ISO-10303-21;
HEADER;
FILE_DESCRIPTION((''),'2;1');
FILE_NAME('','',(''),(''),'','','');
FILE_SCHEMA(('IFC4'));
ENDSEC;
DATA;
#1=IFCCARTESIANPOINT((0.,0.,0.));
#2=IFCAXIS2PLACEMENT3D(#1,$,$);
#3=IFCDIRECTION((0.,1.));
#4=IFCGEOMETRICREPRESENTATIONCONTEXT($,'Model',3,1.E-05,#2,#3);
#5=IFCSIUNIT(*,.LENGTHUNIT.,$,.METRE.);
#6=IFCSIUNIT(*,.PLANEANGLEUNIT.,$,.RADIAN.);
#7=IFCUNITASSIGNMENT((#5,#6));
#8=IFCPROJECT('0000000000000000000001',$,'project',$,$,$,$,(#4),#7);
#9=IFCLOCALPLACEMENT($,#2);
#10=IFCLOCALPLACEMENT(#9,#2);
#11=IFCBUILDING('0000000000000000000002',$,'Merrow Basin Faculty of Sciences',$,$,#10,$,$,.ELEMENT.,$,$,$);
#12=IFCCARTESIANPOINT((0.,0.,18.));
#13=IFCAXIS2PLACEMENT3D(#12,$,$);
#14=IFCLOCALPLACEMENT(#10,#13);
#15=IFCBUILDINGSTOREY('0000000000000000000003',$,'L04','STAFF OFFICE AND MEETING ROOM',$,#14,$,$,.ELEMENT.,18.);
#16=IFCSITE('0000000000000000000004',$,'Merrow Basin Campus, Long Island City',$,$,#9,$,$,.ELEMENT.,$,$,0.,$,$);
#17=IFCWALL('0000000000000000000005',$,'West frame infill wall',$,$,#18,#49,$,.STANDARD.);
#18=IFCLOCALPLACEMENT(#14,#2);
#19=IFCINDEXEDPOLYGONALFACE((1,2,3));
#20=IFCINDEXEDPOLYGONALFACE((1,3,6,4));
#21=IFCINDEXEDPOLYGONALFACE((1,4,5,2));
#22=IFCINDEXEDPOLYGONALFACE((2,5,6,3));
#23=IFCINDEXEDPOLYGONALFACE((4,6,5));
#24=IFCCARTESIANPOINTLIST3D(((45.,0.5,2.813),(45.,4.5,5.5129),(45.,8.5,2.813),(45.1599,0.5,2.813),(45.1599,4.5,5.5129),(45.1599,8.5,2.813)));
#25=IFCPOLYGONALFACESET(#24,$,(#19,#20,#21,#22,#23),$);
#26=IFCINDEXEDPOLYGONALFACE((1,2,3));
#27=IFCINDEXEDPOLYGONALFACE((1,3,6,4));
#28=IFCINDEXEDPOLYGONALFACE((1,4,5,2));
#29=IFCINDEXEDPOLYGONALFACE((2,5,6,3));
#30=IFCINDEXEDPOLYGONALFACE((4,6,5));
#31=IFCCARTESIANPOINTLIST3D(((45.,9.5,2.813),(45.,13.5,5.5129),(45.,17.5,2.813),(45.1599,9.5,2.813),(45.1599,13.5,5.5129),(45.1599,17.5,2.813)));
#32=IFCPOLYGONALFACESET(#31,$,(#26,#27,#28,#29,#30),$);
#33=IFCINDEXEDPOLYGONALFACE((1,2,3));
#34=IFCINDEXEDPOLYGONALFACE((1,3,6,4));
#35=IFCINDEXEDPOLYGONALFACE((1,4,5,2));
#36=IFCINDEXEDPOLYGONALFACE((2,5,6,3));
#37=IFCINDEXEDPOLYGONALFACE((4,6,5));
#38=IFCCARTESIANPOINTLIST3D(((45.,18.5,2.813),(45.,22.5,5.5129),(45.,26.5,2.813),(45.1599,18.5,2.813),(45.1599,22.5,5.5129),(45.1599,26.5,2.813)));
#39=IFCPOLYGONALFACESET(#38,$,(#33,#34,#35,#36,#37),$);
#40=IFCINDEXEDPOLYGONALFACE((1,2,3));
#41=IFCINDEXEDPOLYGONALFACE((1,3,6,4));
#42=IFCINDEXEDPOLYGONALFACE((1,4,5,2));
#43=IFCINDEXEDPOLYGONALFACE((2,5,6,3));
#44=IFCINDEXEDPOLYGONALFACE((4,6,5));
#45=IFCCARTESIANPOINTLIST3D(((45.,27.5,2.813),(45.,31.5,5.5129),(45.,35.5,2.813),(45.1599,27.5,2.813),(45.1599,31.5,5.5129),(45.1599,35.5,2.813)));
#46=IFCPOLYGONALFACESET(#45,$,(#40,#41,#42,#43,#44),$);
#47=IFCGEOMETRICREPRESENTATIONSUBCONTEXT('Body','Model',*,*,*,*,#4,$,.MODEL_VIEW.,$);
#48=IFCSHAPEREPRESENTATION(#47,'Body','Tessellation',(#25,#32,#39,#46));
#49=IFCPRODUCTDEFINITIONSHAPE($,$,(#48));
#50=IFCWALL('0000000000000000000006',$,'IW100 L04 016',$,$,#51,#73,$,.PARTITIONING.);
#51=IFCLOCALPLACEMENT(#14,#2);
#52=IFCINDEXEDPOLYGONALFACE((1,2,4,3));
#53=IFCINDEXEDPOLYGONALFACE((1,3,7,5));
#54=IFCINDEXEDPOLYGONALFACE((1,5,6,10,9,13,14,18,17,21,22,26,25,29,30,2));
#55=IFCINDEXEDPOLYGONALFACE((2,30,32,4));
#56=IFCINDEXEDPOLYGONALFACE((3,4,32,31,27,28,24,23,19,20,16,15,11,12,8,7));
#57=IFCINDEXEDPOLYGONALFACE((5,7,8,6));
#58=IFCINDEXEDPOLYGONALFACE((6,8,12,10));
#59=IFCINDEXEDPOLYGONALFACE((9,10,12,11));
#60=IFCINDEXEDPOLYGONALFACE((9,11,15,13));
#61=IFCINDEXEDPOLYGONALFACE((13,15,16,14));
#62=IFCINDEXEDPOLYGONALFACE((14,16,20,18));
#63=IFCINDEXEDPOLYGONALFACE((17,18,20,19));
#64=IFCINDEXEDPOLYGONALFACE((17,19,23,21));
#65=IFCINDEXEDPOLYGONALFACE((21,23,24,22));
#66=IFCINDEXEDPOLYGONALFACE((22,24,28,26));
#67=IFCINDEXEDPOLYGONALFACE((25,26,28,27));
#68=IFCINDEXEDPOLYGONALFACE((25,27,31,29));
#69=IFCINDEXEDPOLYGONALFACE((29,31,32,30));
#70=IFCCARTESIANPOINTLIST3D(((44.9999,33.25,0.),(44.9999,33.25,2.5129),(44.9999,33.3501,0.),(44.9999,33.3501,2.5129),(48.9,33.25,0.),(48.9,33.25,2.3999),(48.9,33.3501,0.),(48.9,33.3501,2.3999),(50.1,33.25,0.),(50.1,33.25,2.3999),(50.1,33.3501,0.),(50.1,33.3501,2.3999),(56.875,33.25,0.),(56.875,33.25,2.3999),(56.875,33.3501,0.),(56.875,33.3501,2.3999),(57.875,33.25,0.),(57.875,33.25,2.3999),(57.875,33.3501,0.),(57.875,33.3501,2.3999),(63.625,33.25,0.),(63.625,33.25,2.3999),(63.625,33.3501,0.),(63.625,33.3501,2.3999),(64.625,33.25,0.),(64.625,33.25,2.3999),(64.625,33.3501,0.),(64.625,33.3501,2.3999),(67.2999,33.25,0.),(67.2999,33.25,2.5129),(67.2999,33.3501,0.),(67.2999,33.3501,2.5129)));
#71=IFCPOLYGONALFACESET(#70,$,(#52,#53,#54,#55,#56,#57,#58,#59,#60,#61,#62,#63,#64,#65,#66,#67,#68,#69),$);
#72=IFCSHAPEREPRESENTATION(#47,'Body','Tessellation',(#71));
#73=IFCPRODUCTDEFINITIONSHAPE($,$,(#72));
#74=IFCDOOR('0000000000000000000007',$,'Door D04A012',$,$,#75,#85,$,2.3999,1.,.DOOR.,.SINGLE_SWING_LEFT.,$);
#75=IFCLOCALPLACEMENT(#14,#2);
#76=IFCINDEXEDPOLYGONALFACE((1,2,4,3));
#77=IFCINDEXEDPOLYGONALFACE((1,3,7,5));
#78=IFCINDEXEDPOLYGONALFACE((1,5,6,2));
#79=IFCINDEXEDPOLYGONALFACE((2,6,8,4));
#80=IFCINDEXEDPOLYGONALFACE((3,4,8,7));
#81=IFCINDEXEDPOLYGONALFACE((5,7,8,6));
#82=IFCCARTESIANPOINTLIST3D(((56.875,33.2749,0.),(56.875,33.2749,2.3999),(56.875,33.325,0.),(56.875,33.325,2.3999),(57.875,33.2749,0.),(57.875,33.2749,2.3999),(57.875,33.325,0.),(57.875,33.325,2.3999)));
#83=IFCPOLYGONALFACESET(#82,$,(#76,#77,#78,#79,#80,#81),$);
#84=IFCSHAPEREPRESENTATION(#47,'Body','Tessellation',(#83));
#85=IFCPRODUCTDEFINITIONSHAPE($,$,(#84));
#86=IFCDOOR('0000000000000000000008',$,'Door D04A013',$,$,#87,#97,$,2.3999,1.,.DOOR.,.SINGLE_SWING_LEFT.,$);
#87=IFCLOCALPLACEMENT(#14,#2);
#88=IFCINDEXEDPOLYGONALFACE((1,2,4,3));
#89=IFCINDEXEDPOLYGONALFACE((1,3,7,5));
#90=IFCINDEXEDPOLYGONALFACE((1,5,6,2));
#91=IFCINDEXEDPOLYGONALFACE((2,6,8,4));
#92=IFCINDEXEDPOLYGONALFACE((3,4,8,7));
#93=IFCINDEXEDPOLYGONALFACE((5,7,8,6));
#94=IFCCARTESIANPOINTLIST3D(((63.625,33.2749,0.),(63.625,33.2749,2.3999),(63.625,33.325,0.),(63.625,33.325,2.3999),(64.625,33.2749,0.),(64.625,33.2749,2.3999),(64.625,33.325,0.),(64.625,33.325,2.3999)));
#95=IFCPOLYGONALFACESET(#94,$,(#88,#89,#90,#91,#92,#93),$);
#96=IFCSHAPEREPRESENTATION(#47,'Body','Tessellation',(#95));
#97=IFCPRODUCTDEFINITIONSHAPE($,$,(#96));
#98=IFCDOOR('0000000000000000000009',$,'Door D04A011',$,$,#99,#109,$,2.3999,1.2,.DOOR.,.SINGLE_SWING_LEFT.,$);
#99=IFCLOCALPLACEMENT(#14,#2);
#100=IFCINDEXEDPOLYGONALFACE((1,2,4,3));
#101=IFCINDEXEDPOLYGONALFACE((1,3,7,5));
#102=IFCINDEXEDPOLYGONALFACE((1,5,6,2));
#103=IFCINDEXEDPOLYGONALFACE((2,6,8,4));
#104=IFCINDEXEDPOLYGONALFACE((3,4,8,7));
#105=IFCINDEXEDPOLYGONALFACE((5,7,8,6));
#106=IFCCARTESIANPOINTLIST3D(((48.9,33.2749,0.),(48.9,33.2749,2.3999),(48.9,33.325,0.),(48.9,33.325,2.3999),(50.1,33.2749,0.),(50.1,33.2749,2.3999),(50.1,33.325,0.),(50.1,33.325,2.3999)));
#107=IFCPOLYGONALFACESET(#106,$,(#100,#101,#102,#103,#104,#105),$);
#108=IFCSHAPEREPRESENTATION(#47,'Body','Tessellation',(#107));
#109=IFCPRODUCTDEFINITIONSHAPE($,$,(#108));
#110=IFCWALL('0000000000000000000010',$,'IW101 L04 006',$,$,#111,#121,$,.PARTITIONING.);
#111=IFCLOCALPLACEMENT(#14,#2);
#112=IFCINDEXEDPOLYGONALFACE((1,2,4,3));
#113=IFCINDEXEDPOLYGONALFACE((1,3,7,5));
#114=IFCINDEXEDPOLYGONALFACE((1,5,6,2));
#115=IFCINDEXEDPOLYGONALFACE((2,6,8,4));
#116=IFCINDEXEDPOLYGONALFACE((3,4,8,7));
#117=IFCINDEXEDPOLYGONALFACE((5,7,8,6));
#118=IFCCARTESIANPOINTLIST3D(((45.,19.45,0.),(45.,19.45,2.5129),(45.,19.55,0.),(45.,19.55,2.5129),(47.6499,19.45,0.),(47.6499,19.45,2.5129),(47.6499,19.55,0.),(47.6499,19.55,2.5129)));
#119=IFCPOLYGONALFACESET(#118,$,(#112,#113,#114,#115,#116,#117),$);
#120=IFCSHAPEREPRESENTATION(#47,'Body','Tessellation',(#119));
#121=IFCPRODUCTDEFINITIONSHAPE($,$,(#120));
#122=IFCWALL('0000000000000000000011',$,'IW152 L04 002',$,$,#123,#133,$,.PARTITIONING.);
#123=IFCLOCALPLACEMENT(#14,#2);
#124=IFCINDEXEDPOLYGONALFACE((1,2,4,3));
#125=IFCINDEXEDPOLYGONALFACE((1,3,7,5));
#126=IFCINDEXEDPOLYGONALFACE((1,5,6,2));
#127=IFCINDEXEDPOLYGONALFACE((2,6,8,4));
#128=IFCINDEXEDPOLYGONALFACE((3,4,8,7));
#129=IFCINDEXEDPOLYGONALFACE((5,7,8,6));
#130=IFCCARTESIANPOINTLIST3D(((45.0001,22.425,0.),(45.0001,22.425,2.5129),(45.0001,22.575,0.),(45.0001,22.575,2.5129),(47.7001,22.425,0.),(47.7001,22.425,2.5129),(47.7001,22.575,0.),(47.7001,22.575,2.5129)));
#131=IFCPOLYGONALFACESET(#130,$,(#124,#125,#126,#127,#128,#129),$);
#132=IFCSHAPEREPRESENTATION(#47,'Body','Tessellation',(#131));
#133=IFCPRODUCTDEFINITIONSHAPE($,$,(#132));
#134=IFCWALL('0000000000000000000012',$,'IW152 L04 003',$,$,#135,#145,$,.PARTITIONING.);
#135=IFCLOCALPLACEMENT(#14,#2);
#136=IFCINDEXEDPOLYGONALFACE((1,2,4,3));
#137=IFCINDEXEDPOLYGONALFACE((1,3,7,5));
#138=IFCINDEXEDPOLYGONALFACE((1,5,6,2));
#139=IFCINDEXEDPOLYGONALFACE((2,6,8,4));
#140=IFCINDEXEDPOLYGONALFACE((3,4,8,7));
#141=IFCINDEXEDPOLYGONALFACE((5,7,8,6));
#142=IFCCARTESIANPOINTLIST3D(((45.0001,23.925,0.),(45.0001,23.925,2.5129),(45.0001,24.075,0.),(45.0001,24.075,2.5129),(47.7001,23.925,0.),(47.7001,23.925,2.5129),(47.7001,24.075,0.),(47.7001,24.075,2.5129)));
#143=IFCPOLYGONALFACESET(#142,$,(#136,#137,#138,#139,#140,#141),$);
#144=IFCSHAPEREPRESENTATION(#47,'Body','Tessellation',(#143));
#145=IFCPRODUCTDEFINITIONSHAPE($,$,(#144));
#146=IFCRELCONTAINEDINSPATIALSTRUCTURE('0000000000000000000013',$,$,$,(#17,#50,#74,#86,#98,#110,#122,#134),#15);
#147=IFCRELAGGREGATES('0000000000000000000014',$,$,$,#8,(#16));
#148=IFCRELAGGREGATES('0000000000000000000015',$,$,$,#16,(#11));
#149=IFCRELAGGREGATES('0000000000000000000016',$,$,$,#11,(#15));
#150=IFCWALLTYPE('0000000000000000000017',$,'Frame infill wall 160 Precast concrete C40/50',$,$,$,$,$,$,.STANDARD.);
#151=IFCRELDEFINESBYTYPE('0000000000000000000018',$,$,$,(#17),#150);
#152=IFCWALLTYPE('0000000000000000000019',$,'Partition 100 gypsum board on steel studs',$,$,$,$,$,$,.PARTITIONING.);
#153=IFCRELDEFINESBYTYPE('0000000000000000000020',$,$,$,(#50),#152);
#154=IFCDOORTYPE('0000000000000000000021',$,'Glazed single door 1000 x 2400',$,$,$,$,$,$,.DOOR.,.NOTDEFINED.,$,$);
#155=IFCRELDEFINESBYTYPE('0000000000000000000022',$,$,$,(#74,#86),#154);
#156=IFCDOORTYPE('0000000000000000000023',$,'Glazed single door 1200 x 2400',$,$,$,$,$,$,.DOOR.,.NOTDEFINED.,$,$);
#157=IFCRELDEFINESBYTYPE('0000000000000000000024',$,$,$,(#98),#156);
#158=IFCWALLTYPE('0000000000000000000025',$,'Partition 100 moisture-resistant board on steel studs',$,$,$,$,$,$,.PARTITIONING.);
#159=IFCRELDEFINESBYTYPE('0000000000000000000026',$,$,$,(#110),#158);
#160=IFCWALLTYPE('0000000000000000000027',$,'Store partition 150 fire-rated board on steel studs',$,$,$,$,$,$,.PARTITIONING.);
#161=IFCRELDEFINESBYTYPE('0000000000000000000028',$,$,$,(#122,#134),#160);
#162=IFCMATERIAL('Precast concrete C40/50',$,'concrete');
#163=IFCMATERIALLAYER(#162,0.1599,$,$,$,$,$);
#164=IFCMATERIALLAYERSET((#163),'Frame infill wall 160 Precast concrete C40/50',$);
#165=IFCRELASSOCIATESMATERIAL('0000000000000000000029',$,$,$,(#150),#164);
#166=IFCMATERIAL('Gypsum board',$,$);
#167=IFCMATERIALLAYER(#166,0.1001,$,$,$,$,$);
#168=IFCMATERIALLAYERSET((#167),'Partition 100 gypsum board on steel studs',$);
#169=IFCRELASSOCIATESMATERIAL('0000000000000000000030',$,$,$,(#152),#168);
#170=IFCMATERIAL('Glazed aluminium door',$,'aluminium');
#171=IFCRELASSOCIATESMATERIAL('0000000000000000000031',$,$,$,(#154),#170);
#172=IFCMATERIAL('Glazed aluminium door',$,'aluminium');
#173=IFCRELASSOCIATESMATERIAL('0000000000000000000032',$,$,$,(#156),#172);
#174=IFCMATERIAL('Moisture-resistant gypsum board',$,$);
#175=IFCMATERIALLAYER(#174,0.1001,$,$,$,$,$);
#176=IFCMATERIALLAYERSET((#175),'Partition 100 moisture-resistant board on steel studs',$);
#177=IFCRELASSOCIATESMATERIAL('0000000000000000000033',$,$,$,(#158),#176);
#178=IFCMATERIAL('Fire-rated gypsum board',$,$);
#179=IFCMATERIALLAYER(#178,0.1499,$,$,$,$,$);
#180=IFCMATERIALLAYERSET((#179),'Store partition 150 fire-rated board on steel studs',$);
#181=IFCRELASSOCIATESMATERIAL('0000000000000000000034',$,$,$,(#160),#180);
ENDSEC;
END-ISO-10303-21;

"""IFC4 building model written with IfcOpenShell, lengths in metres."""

from ifc_helpers import new_model, si_unit, direction, frame, frame_2d, origin, place, context, subcontext, project, spatial, polyline, rectangle, outline, extrude, material, layer, layer_set, type_object, element, fill, save


model = new_model("IFC4")

# Units and contexts
model_context = context("Model", 3, precision=1e-05, world=origin(), true_north=direction((0.0, 1.0)))
body_context = subcontext(model_context, "Body", "Model", "MODEL_VIEW")
ifc_project = project(units=[si_unit("LENGTHUNIT", "METRE"), si_unit("PLANEANGLEUNIT", "RADIAN")], contexts=[model_context])

# Site, building, storey
site_placement = place(None, origin())
site = spatial("IfcSite", under=ifc_project, at=site_placement, Name="Merrow Basin Campus, Long Island City", CompositionType="ELEMENT", RefElevation=0.0)
building_placement = place(site_placement, origin())
building = spatial("IfcBuilding", under=site, at=building_placement, Name="Merrow Basin Faculty of Sciences", CompositionType="ELEMENT")
storey_placement = place(building_placement, frame((0.0, 0.0, 18.0)))
storey = spatial("IfcBuildingStorey", under=building, at=storey_placement, Name="L04", Description="STAFF OFFICE AND MEETING ROOM", CompositionType="ELEMENT", Elevation=18.0)

# Wall
ifc_material_1 = material(Name="Precast concrete C40/50", Category="concrete")
ifc_layer_1 = layer(ifc_material_1, 0.1599)
ifc_layer_set_1 = layer_set([ifc_layer_1], Name="Frame infill wall 160 Precast concrete C40/50")
wall_type_1 = type_object("IfcWallType", Name="Frame infill wall 160 Precast concrete C40/50", PredefinedType="STANDARD", material=ifc_layer_set_1)
wall_1_placement = place(storey_placement, frame((45.0801, 0.0, 2.813), z_axis=(0.0, 0.0, 1.0), x_axis=(0.0, 1.0, 0.0)))
element("IfcWall", 1, at=wall_1_placement, inside=storey, type_object=wall_type_1, Name="West frame infill wall", PredefinedType="STANDARD", context=body_context, shape_type="SweptSolid", body=[
    extrude(outline(polyline([(0.5, 0.0), (8.5, 0.0), (8.5, 0.0), (4.5, 2.7), (0.5, 0.0), (0.5, 0.0)])), frame((0.0, 0.0801, 0.0), z_axis=(0.0, -1.0, 0.0), x_axis=(1.0, 0.0, 0.0)), (0.0, 0.0, 1.0), 0.1599),
    extrude(outline(polyline([(9.5, 0.0), (17.5, 0.0), (17.5, 0.0), (13.5, 2.7), (9.5, 0.0), (9.5, 0.0)])), frame((0.0, 0.0801, 0.0), z_axis=(0.0, -1.0, 0.0), x_axis=(1.0, 0.0, 0.0)), (0.0, 0.0, 1.0), 0.1599),
    extrude(outline(polyline([(18.5, 0.0), (26.5, 0.0), (26.5, 0.0), (22.5, 2.7), (18.5, 0.0), (18.5, 0.0)])), frame((0.0, 0.0801, 0.0), z_axis=(0.0, -1.0, 0.0), x_axis=(1.0, 0.0, 0.0)), (0.0, 0.0, 1.0), 0.1599),
    extrude(outline(polyline([(27.5, 0.0), (35.5, 0.0), (35.5, 0.0), (31.5, 2.7), (27.5, 0.0), (27.5, 0.0)])), frame((0.0, 0.0801, 0.0), z_axis=(0.0, -1.0, 0.0), x_axis=(1.0, 0.0, 0.0)), (0.0, 0.0, 1.0), 0.1599),
])

# Wall, openings, doors
ifc_material_2 = material(Name="Gypsum board")
ifc_layer_2 = layer(ifc_material_2, 0.1001)
ifc_layer_set_2 = layer_set([ifc_layer_2], Name="Partition 100 gypsum board on steel studs")
wall_type_2 = type_object("IfcWallType", Name="Partition 100 gypsum board on steel studs", PredefinedType="PARTITIONING", material=ifc_layer_set_2)
wall_2_placement = place(storey_placement, frame((45.0, 33.3, 0.0), z_axis=(0.0, 0.0, 1.0), x_axis=(1.0, 0.0, 0.0)))
wall_2 = element("IfcWall", 2, at=wall_2_placement, inside=storey, type_object=wall_type_2, Name="IW100 L04 016", PredefinedType="PARTITIONING", context=body_context, shape_type="SweptSolid", body=[
    extrude(rectangle(XDim=22.3, YDim=0.1001, at=frame_2d((11.1499, 0.0))), origin(), (0.0, 0.0, 1.0), 2.5129),
])
opening_1_placement = place(wall_2_placement, frame((3.8999, 0.0, 0.0)))
opening_1 = element("IfcOpeningElement", 3, at=opening_1_placement, cuts=wall_2, PredefinedType="OPENING", context=body_context, shape_type="SweptSolid", body=[
    extrude(rectangle(XDim=1.2, YDim=2.3999, at=frame_2d((0.6001, 1.2))), frame((0.0, 0.0601, 0.0), z_axis=(0.0, -1.0, 0.0), x_axis=(1.0, 0.0, 0.0)), (0.0, 0.0, 1.0), 0.1201),
])
opening_2_placement = place(wall_2_placement, frame((11.875, 0.0, 0.0)))
opening_2 = element("IfcOpeningElement", 4, at=opening_2_placement, cuts=wall_2, PredefinedType="OPENING", context=body_context, shape_type="SweptSolid", body=[
    extrude(rectangle(XDim=1.0, YDim=2.3999, at=frame_2d((0.5, 1.2))), frame((0.0, 0.0601, 0.0), z_axis=(0.0, -1.0, 0.0), x_axis=(1.0, 0.0, 0.0)), (0.0, 0.0, 1.0), 0.1201),
])
opening_3_placement = place(wall_2_placement, frame((18.625, 0.0, 0.0)))
opening_3 = element("IfcOpeningElement", 5, at=opening_3_placement, cuts=wall_2, PredefinedType="OPENING", context=body_context, shape_type="SweptSolid", body=[
    extrude(rectangle(XDim=1.0, YDim=2.3999, at=frame_2d((0.5, 1.2))), frame((0.0, 0.0601, 0.0), z_axis=(0.0, -1.0, 0.0), x_axis=(1.0, 0.0, 0.0)), (0.0, 0.0, 1.0), 0.1201),
])
ifc_material_3 = material(Name="Glazed aluminium door", Category="aluminium")
door_type_1 = type_object("IfcDoorType", Name="Glazed single door 1000 x 2400", OperationType="NOTDEFINED", PredefinedType="DOOR", material=ifc_material_3)
door_1_placement = place(opening_2_placement, origin())
door_1 = element("IfcDoor", 6, at=door_1_placement, inside=storey, type_object=door_type_1, Name="Door D04A012", OperationType="SINGLE_SWING_LEFT", OverallHeight=2.3999, OverallWidth=1.0, PredefinedType="DOOR", context=body_context, shape_type="SweptSolid", body=[
    extrude(rectangle(XDim=1.0, YDim=2.3999, at=frame_2d((0.5, 1.2))), frame((0.0, 0.0249, 0.0), z_axis=(0.0, -1.0, 0.0), x_axis=(1.0, 0.0, 0.0)), (0.0, 0.0, 1.0), 0.05),
])
fill(opening_2, door_1)
door_2_placement = place(opening_3_placement, origin())
door_2 = element("IfcDoor", 7, at=door_2_placement, inside=storey, type_object=door_type_1, Name="Door D04A013", OperationType="SINGLE_SWING_LEFT", OverallHeight=2.3999, OverallWidth=1.0, PredefinedType="DOOR", context=body_context, shape_type="SweptSolid", body=[
    extrude(rectangle(XDim=1.0, YDim=2.3999, at=frame_2d((0.5, 1.2))), frame((0.0, 0.0249, 0.0), z_axis=(0.0, -1.0, 0.0), x_axis=(1.0, 0.0, 0.0)), (0.0, 0.0, 1.0), 0.05),
])
fill(opening_3, door_2)
ifc_material_4 = material(Name="Glazed aluminium door", Category="aluminium")
door_type_2 = type_object("IfcDoorType", Name="Glazed single door 1200 x 2400", OperationType="NOTDEFINED", PredefinedType="DOOR", material=ifc_material_4)
door_3_placement = place(opening_1_placement, origin())
door_3 = element("IfcDoor", 8, at=door_3_placement, inside=storey, type_object=door_type_2, Name="Door D04A011", OperationType="SINGLE_SWING_LEFT", OverallHeight=2.3999, OverallWidth=1.2, PredefinedType="DOOR", context=body_context, shape_type="SweptSolid", body=[
    extrude(rectangle(XDim=1.2, YDim=2.3999, at=frame_2d((0.6001, 1.2))), frame((0.0, 0.0249, 0.0), z_axis=(0.0, -1.0, 0.0), x_axis=(1.0, 0.0, 0.0)), (0.0, 0.0, 1.0), 0.05),
])
fill(opening_1, door_3)

# Walls
ifc_material_5 = material(Name="Moisture-resistant gypsum board")
ifc_layer_3 = layer(ifc_material_5, 0.1001)
ifc_layer_set_3 = layer_set([ifc_layer_3], Name="Partition 100 moisture-resistant board on steel studs")
wall_type_3 = type_object("IfcWallType", Name="Partition 100 moisture-resistant board on steel studs", PredefinedType="PARTITIONING", material=ifc_layer_set_3)
wall_3_placement = place(storey_placement, frame((45.0, 19.5, 0.0), z_axis=(0.0, 0.0, 1.0), x_axis=(1.0, 0.0, 0.0)))
element("IfcWall", 9, at=wall_3_placement, inside=storey, type_object=wall_type_3, Name="IW101 L04 006", PredefinedType="PARTITIONING", context=body_context, shape_type="SweptSolid", body=[
    extrude(rectangle(XDim=2.6499, YDim=0.1001, at=frame_2d((1.325, 0.0))), origin(), (0.0, 0.0, 1.0), 2.5129),
])
ifc_material_6 = material(Name="Fire-rated gypsum board")
ifc_layer_4 = layer(ifc_material_6, 0.1499)
ifc_layer_set_4 = layer_set([ifc_layer_4], Name="Store partition 150 fire-rated board on steel studs")
wall_type_4 = type_object("IfcWallType", Name="Store partition 150 fire-rated board on steel studs", PredefinedType="PARTITIONING", material=ifc_layer_set_4)
for number, where, z_axis, x_axis, name in (
    (10, (45.0, 22.5, 0.0), (0.0, 0.0, 1.0), (1.0, 0.0, 0.0), "IW152 L04 002"),
    (11, (45.0, 24.0, 0.0), (0.0, 0.0, 1.0), (1.0, 0.0, 0.0), "IW152 L04 003"),
):
    element("IfcWall", number, at=place(storey_placement, frame(where, z_axis=z_axis, x_axis=x_axis)), inside=storey, type_object=wall_type_4, Name=name, PredefinedType="PARTITIONING", context=body_context, shape_type="SweptSolid", body=[
        extrude(rectangle(XDim=2.7, YDim=0.1499, at=frame_2d((1.3501, 0.0))), origin(), (0.0, 0.0, 1.0), 2.5129),
    ])

save(model, "model.ifc")
